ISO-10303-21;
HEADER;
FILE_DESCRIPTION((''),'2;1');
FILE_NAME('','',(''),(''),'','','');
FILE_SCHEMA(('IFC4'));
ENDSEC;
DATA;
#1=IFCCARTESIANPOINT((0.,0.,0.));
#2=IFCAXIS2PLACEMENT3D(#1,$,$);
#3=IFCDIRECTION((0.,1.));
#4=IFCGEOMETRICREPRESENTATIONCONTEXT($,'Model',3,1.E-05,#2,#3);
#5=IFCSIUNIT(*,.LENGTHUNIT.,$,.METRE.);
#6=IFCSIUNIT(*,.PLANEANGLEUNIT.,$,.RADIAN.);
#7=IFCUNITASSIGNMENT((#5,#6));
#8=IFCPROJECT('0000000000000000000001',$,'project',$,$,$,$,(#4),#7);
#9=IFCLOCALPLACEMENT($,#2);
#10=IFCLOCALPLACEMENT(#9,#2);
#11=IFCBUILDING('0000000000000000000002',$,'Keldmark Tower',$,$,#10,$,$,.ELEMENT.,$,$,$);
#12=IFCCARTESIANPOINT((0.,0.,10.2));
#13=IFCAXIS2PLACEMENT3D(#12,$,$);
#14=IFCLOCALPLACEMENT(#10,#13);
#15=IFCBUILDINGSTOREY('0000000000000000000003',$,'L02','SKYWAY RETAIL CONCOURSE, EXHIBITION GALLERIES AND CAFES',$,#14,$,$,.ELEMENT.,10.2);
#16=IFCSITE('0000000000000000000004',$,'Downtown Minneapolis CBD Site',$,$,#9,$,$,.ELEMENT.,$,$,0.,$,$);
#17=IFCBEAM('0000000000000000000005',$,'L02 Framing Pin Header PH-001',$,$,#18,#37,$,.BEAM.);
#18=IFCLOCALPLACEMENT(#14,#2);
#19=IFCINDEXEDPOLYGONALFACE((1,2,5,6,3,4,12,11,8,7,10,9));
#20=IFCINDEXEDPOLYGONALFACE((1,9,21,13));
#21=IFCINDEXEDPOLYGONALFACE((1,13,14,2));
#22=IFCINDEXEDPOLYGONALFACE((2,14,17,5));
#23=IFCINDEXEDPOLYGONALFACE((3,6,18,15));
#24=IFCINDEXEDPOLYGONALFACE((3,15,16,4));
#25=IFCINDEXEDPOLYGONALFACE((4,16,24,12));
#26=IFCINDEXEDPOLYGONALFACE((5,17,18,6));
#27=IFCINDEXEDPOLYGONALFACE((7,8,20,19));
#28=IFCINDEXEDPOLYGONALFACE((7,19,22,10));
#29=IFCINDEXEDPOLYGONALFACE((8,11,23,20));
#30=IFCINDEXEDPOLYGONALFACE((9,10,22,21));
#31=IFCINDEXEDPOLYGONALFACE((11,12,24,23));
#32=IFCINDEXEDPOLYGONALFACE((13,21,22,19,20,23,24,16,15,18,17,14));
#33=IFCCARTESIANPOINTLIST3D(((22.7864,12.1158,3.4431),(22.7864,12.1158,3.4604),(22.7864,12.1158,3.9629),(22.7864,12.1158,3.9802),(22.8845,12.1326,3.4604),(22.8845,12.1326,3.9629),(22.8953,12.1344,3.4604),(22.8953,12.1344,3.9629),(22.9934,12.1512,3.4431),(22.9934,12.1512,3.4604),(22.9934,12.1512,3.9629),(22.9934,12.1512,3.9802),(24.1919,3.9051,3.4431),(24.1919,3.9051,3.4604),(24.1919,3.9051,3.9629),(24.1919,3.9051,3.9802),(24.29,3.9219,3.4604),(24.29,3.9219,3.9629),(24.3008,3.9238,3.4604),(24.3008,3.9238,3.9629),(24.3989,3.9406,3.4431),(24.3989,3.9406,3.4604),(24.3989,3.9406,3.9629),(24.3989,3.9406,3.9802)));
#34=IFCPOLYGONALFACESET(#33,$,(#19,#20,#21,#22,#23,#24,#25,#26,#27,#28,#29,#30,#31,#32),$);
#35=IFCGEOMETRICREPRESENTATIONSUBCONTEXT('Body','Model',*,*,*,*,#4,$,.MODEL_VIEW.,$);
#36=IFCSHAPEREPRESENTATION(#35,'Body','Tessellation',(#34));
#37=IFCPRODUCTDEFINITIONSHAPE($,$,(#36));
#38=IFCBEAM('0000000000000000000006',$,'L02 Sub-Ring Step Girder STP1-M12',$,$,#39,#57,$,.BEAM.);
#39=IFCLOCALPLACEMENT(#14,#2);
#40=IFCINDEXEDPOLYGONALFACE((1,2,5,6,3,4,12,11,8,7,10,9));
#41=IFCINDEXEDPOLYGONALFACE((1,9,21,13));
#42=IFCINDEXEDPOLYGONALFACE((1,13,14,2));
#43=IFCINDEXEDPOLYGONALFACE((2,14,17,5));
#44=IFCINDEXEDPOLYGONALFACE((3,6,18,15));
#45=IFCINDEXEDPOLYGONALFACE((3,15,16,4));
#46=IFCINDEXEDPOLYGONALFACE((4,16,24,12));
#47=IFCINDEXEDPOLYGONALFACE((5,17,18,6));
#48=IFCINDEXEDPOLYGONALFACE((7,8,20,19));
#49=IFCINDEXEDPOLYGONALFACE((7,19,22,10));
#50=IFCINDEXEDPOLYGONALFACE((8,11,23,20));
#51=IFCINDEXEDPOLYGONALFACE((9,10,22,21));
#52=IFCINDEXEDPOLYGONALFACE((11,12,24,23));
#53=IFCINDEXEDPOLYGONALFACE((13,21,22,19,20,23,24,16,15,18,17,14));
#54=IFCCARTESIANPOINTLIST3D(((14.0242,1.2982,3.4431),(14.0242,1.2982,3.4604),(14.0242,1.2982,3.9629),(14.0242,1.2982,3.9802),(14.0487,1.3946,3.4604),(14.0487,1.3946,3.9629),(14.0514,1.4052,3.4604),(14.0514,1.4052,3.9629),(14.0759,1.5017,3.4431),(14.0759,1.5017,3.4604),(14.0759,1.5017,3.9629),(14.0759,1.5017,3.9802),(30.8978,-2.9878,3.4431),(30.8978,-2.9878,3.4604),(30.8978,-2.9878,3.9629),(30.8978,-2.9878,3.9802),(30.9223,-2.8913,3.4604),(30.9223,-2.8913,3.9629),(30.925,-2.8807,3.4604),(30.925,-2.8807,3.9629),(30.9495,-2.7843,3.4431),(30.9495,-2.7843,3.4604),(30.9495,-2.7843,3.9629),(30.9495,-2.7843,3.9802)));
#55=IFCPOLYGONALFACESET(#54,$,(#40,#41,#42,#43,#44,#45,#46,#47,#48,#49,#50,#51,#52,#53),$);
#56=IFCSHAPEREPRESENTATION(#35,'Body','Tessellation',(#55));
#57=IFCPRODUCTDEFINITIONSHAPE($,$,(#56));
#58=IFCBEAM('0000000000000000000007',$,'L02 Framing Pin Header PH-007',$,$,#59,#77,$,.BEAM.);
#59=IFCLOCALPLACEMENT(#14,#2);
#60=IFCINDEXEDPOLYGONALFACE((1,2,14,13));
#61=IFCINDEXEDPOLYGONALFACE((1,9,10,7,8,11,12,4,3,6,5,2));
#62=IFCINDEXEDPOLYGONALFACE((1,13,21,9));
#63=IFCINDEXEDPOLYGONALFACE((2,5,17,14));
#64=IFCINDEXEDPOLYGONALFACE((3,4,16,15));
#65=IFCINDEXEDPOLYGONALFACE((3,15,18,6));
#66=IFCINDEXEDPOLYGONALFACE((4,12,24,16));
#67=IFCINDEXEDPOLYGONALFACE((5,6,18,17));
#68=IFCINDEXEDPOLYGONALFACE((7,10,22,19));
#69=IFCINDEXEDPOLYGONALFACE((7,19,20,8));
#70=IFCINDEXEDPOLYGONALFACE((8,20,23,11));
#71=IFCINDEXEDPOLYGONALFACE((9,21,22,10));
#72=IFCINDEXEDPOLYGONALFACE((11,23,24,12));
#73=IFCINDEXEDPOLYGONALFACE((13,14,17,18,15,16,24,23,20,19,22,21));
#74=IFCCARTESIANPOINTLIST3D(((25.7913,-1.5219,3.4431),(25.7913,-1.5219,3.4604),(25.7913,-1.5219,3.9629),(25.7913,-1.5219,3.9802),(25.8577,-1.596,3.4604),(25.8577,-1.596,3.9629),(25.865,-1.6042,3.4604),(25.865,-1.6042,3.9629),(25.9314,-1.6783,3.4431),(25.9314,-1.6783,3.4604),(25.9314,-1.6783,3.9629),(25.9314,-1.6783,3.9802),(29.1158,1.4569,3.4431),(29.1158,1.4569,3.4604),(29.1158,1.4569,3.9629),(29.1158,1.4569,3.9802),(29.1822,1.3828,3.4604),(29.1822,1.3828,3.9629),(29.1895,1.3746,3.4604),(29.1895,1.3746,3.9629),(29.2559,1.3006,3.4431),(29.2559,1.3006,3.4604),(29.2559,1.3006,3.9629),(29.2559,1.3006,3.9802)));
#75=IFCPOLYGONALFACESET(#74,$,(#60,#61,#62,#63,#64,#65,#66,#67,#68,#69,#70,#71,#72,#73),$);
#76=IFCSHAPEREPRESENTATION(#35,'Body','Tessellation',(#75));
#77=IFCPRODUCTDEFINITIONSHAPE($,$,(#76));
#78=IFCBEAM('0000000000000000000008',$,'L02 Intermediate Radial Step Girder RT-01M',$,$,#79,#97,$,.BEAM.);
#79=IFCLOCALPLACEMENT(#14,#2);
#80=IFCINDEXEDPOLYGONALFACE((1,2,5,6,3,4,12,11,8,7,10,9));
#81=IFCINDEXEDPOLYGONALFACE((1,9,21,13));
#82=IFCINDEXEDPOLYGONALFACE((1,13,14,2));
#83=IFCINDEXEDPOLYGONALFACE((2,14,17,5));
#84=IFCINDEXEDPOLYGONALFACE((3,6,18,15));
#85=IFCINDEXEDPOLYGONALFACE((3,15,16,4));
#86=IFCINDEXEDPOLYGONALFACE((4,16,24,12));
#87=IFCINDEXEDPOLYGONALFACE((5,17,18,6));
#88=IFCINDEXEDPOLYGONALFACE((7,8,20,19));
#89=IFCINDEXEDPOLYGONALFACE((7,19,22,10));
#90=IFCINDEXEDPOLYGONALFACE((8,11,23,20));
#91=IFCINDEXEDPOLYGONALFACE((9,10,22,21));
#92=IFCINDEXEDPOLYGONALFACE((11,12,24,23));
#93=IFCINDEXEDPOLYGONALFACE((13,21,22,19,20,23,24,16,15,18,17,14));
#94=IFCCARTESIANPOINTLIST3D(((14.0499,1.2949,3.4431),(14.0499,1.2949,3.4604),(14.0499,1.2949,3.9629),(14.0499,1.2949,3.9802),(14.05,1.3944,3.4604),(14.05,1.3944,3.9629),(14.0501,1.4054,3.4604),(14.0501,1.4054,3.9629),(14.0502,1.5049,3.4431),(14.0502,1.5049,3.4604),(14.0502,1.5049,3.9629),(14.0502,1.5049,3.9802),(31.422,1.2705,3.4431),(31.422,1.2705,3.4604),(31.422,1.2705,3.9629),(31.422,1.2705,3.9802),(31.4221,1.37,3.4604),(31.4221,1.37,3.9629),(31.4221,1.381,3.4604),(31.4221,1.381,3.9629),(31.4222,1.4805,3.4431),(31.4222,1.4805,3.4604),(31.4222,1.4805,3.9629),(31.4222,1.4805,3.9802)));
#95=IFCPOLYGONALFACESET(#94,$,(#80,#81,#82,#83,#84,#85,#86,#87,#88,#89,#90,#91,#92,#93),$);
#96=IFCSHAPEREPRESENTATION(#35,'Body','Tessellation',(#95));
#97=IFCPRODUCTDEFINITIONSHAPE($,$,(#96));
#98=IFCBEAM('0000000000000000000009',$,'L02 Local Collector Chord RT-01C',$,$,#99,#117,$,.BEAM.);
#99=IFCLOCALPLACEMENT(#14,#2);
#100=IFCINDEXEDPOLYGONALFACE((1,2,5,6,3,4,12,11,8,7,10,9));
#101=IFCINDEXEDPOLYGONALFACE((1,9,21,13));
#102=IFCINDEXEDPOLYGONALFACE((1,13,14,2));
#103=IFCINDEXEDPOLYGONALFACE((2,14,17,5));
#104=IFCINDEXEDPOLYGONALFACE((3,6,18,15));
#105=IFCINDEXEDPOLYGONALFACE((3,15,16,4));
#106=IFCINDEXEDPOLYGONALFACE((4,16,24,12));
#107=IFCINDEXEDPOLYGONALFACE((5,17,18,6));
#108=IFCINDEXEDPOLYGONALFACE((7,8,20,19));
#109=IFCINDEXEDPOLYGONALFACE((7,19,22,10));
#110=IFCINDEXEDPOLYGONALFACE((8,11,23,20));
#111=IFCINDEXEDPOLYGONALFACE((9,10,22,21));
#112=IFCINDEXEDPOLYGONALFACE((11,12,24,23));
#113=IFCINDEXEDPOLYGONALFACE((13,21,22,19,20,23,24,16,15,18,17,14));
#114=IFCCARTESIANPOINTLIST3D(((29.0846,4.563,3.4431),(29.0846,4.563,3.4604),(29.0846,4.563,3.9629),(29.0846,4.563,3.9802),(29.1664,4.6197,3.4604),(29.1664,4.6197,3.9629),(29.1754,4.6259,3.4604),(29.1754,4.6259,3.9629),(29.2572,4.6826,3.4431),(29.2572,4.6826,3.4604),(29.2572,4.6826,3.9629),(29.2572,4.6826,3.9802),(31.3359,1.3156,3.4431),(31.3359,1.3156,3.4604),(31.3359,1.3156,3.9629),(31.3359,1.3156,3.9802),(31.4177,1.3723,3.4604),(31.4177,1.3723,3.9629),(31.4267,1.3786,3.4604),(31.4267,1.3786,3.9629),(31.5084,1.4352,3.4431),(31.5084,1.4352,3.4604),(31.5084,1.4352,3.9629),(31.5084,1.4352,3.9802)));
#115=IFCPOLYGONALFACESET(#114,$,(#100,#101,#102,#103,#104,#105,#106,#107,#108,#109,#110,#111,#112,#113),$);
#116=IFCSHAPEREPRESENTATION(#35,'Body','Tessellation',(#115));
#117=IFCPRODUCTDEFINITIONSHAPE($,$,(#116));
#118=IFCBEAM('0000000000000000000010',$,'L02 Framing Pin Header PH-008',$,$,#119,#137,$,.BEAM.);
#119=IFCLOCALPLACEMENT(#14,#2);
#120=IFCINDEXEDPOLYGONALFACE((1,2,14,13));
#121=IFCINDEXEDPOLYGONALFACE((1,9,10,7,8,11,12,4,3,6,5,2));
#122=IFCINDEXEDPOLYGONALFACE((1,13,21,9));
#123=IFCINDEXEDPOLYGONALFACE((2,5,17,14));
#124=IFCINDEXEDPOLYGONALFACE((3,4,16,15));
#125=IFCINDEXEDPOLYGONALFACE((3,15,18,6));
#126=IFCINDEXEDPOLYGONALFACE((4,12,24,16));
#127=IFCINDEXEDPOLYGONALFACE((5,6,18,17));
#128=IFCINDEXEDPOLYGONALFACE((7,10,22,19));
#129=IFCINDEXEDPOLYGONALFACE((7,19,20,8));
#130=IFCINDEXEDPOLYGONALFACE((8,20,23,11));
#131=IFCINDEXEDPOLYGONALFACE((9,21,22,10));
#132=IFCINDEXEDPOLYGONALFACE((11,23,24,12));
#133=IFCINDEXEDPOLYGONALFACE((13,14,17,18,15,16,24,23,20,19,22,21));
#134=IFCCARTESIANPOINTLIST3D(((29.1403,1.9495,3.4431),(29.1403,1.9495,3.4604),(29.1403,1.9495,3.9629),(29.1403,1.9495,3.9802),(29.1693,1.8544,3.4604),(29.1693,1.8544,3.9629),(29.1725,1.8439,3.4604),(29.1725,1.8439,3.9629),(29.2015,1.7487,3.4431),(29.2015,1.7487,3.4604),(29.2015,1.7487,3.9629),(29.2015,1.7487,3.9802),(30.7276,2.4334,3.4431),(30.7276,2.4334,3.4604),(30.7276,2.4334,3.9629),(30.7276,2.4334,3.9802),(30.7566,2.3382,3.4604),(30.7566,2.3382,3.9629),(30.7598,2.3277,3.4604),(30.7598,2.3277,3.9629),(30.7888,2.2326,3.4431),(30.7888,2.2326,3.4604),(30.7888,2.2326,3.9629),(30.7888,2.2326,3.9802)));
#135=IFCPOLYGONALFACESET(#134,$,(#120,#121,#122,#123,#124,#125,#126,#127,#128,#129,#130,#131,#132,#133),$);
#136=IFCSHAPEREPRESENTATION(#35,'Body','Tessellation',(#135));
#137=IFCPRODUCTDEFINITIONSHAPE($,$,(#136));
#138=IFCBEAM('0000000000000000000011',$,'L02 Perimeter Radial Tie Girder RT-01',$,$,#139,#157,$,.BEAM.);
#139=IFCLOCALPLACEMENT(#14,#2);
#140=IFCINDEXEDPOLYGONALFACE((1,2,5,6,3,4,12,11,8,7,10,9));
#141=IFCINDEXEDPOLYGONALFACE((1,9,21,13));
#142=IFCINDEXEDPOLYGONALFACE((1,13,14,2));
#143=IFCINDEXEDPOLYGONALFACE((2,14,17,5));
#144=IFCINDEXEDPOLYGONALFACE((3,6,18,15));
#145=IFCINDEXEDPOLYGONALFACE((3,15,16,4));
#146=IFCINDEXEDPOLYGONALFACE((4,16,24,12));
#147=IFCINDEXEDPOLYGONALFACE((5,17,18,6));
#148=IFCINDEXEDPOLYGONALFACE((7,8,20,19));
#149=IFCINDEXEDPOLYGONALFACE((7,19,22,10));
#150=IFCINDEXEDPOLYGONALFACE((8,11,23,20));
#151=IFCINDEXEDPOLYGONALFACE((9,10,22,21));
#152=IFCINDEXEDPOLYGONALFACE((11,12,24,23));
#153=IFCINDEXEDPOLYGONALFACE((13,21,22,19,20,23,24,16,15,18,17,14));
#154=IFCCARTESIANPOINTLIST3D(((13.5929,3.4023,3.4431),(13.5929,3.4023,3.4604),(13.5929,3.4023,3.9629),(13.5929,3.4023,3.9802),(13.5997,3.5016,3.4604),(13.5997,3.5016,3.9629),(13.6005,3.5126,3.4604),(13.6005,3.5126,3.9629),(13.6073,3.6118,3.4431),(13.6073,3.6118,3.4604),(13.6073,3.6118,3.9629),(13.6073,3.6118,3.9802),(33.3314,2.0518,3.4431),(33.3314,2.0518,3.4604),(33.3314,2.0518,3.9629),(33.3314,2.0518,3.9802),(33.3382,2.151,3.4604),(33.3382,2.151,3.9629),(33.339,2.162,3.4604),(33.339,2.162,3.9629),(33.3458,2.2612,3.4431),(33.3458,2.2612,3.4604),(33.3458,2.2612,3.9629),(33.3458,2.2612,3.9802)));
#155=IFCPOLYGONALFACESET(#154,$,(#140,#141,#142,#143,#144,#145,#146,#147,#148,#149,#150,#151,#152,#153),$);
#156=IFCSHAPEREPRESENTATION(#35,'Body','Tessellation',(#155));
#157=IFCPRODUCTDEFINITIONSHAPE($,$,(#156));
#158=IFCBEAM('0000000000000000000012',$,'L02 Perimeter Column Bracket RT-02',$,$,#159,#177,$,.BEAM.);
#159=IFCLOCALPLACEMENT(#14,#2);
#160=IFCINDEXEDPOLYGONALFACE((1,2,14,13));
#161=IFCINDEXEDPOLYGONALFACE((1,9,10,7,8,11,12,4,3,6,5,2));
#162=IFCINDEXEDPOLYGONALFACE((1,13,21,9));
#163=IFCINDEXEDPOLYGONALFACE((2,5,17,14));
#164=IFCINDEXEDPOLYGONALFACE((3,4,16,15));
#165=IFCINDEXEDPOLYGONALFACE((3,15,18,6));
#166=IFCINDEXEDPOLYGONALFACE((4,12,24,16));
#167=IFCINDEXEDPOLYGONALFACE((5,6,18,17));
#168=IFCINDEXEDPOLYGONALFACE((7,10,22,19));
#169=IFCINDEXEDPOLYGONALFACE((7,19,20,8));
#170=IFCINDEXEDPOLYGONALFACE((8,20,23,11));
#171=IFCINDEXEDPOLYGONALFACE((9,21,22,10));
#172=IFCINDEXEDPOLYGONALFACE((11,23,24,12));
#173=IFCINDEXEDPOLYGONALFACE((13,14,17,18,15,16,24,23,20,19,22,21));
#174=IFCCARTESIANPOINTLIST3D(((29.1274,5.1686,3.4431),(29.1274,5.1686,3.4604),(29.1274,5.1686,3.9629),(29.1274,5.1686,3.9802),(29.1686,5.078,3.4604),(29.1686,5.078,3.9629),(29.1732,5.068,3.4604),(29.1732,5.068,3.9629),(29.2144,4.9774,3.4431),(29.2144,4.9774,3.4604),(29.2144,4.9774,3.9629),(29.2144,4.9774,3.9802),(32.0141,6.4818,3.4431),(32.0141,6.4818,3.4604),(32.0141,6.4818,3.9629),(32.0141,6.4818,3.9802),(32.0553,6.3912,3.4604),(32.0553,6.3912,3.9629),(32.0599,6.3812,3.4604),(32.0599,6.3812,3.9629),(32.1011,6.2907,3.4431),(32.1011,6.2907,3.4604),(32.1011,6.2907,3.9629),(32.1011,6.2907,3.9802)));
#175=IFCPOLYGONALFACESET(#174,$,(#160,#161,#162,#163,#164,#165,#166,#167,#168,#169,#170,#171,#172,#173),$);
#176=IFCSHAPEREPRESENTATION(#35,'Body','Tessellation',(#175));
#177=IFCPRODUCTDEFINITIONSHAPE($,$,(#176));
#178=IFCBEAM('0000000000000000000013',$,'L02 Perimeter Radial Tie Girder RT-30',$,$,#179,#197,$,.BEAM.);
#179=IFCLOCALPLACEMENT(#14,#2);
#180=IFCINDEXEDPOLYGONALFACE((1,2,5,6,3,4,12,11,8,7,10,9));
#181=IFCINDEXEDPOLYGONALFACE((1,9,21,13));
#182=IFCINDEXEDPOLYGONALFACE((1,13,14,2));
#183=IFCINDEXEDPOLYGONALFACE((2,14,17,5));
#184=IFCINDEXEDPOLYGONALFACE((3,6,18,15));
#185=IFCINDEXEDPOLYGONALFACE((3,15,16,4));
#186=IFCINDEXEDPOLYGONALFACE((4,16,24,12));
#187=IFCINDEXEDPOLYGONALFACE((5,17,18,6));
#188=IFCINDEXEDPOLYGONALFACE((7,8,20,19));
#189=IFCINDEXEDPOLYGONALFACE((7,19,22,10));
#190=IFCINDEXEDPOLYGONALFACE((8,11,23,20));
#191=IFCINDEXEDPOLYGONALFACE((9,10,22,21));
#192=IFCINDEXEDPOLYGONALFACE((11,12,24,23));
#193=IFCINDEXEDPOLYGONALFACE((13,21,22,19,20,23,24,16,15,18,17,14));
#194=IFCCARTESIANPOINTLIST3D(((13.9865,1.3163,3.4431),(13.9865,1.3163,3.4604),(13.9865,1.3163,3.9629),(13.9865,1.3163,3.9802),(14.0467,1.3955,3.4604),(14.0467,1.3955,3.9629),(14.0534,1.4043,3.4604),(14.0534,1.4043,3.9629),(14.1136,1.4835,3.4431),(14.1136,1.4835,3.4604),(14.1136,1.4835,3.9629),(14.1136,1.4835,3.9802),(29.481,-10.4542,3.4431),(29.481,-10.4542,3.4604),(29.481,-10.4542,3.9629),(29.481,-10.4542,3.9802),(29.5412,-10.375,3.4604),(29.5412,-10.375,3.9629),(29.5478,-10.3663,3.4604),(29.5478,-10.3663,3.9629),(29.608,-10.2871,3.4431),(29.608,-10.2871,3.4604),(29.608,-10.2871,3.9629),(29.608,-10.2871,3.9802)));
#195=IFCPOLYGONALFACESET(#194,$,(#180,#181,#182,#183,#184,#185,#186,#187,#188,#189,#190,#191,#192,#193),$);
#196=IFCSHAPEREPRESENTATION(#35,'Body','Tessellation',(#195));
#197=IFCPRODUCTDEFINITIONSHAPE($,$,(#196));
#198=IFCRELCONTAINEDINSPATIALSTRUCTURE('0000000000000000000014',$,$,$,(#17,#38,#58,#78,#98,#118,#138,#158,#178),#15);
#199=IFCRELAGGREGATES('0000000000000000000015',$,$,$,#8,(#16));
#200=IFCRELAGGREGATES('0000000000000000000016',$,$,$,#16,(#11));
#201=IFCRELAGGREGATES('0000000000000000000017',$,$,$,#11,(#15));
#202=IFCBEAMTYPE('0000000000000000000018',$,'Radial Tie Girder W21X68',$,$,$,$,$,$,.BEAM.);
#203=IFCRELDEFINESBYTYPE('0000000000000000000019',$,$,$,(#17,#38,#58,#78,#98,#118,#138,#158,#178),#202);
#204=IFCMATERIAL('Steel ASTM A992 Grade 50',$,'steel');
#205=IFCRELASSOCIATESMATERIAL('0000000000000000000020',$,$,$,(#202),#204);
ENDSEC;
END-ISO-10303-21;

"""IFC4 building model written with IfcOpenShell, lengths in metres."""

from ifc_helpers import new_model, si_unit, direction, frame, origin, origin_2d, place, context, subcontext, project, spatial, i_section, extrude, material, material_profile, profile_set, type_object, element, save


model = new_model("IFC4")

# Units and contexts
model_context = context("Model", 3, precision=1e-05, world=origin(), true_north=direction((0.0, 1.0)))
body_context = subcontext(model_context, "Body", "Model", "MODEL_VIEW")
ifc_project = project(units=[si_unit("LENGTHUNIT", "METRE"), si_unit("PLANEANGLEUNIT", "RADIAN")], contexts=[model_context])

# Site, building, storey
site_placement = place(None, origin())
site = spatial("IfcSite", under=ifc_project, at=site_placement, Name="Downtown Minneapolis CBD Site", CompositionType="ELEMENT", RefElevation=0.0)
building_placement = place(site_placement, origin())
building = spatial("IfcBuilding", under=site, at=building_placement, Name="Keldmark Tower", CompositionType="ELEMENT")
storey_placement = place(building_placement, frame((0.0, 0.0, 10.2)))
storey = spatial("IfcBuildingStorey", under=building, at=storey_placement, Name="L02", Description="SKYWAY RETAIL CONCOURSE, EXHIBITION GALLERIES AND CAFES", CompositionType="ELEMENT", Elevation=10.2)

# Beams
ifc_material_1 = material(Name="Steel ASTM A992 Grade 50", Category="steel")
ifc_material_profile_1 = material_profile(ifc_material_1, i_section(OverallWidth=0.21, OverallDepth=0.5371, WebThickness=0.011, FlangeThickness=0.0173, at=origin_2d()), Name="W21X68")
ifc_profile_set_1 = profile_set([ifc_material_profile_1], Name="Steel ASTM A992 Grade 50")
beam_type_1 = type_object("IfcBeamType", Name="Radial Tie Girder W21X68", PredefinedType="BEAM", material=ifc_profile_set_1)
beam_1_placement = place(storey_placement, frame((24.2954, 3.9229, 3.7117), z_axis=(-0.168727, 0.985663, 0.0), x_axis=(-0.985663, -0.168727, 0.0)))
element("IfcBeam", 1, at=beam_1_placement, inside=storey, type_object=beam_type_1, Name="L02 Framing Pin Header PH-001", PredefinedType="BEAM", context=body_context, shape_type="SweptSolid", body=[
    extrude(i_section(OverallWidth=0.21, OverallDepth=0.5371, WebThickness=0.011, FlangeThickness=0.0173, at=origin_2d()), origin(), (0.0, 0.0, 1.0), 8.3301),
])
beam_2_placement = place(storey_placement, frame((14.05, 1.3999, 3.7117), z_axis=(0.969223, -0.246183, 0.0), x_axis=(0.246183, 0.969223, 0.0)))
element("IfcBeam", 2, at=beam_2_placement, inside=storey, type_object=beam_type_1, Name="L02 Sub-Ring Step Girder STP1-M12", PredefinedType="BEAM", context=body_context, shape_type="SweptSolid", body=[
    extrude(i_section(OverallWidth=0.21, OverallDepth=0.5371, WebThickness=0.011, FlangeThickness=0.0173, at=origin_2d()), origin(), (0.0, 0.0, 1.0), 17.4094),
])
beam_3_placement = place(storey_placement, frame((25.8613, -1.6001, 3.7117), z_axis=(0.744769, 0.667322, 0.0), x_axis=(-0.667322, 0.744769, 0.0)))
element("IfcBeam", 3, at=beam_3_placement, inside=storey, type_object=beam_type_1, Name="L02 Framing Pin Header PH-007", PredefinedType="BEAM", context=body_context, shape_type="SweptSolid", body=[
    extrude(i_section(OverallWidth=0.21, OverallDepth=0.5371, WebThickness=0.011, FlangeThickness=0.0173, at=origin_2d()), origin(), (0.0, 0.0, 1.0), 4.4639),
])
beam_4_placement = place(storey_placement, frame((14.05, 1.3999, 3.7117), z_axis=(0.999999, -0.001405, 0.0), x_axis=(0.001405, 0.999999, 0.0)))
element("IfcBeam", 4, at=beam_4_placement, inside=storey, type_object=beam_type_1, Name="L02 Intermediate Radial Step Girder RT-01M", PredefinedType="BEAM", context=body_context, shape_type="SweptSolid", body=[
    extrude(i_section(OverallWidth=0.21, OverallDepth=0.5371, WebThickness=0.011, FlangeThickness=0.0173, at=origin_2d()), origin(), (0.0, 0.0, 1.0), 17.3721),
])
beam_5_placement = place(storey_placement, frame((29.1709, 4.6228, 3.7117), z_axis=(0.569737, -0.821827, 0.0), x_axis=(0.821827, 0.569737, 0.0)))
element("IfcBeam", 5, at=beam_5_placement, inside=storey, type_object=beam_type_1, Name="L02 Local Collector Chord RT-01C", PredefinedType="BEAM", context=body_context, shape_type="SweptSolid", body=[
    extrude(i_section(OverallWidth=0.21, OverallDepth=0.5371, WebThickness=0.011, FlangeThickness=0.0173, at=origin_2d()), origin(), (0.0, 0.0, 1.0), 3.9514),
])
beam_6_placement = place(storey_placement, frame((29.1709, 1.8491, 3.7117), z_axis=(0.956546, 0.291583, 0.0), x_axis=(-0.291583, 0.956546, 0.0)))
element("IfcBeam", 6, at=beam_6_placement, inside=storey, type_object=beam_type_1, Name="L02 Framing Pin Header PH-008", PredefinedType="BEAM", context=body_context, shape_type="SweptSolid", body=[
    extrude(i_section(OverallWidth=0.21, OverallDepth=0.5371, WebThickness=0.011, FlangeThickness=0.0173, at=origin_2d()), origin(), (0.0, 0.0, 1.0), 1.6594),
])
beam_7_placement = place(storey_placement, frame((13.6001, 3.5071, 3.7117), z_axis=(0.997667, -0.068264, 0.0), x_axis=(0.068264, 0.997667, 0.0)))
element("IfcBeam", 7, at=beam_7_placement, inside=storey, type_object=beam_type_1, Name="L02 Perimeter Radial Tie Girder RT-01", PredefinedType="BEAM", context=body_context, shape_type="SweptSolid", body=[
    extrude(i_section(OverallWidth=0.21, OverallDepth=0.5371, WebThickness=0.011, FlangeThickness=0.0173, at=origin_2d()), origin(), (0.0, 0.0, 1.0), 19.7847),
])
beam_8_placement = place(storey_placement, frame((29.1709, 5.073, 3.7117), z_axis=(0.910237, 0.414087, 0.0), x_axis=(-0.414087, 0.910237, 0.0)))
element("IfcBeam", 8, at=beam_8_placement, inside=storey, type_object=beam_type_1, Name="L02 Perimeter Column Bracket RT-02", PredefinedType="BEAM", context=body_context, shape_type="SweptSolid", body=[
    extrude(i_section(OverallWidth=0.21, OverallDepth=0.5371, WebThickness=0.011, FlangeThickness=0.0173, at=origin_2d()), origin(), (0.0, 0.0, 1.0), 3.1714),
])
beam_9_placement = place(storey_placement, frame((14.05, 1.3999, 3.7117), z_axis=(0.796292, -0.604913, 0.0), x_axis=(0.604913, 0.796292, 0.0)))
element("IfcBeam", 9, at=beam_9_placement, inside=storey, type_object=beam_type_1, Name="L02 Perimeter Radial Tie Girder RT-30", PredefinedType="BEAM", context=body_context, shape_type="SweptSolid", body=[
    extrude(i_section(OverallWidth=0.21, OverallDepth=0.5371, WebThickness=0.011, FlangeThickness=0.0173, at=origin_2d()), origin(), (0.0, 0.0, 1.0), 19.4583),
])

save(model, "model.ifc")
